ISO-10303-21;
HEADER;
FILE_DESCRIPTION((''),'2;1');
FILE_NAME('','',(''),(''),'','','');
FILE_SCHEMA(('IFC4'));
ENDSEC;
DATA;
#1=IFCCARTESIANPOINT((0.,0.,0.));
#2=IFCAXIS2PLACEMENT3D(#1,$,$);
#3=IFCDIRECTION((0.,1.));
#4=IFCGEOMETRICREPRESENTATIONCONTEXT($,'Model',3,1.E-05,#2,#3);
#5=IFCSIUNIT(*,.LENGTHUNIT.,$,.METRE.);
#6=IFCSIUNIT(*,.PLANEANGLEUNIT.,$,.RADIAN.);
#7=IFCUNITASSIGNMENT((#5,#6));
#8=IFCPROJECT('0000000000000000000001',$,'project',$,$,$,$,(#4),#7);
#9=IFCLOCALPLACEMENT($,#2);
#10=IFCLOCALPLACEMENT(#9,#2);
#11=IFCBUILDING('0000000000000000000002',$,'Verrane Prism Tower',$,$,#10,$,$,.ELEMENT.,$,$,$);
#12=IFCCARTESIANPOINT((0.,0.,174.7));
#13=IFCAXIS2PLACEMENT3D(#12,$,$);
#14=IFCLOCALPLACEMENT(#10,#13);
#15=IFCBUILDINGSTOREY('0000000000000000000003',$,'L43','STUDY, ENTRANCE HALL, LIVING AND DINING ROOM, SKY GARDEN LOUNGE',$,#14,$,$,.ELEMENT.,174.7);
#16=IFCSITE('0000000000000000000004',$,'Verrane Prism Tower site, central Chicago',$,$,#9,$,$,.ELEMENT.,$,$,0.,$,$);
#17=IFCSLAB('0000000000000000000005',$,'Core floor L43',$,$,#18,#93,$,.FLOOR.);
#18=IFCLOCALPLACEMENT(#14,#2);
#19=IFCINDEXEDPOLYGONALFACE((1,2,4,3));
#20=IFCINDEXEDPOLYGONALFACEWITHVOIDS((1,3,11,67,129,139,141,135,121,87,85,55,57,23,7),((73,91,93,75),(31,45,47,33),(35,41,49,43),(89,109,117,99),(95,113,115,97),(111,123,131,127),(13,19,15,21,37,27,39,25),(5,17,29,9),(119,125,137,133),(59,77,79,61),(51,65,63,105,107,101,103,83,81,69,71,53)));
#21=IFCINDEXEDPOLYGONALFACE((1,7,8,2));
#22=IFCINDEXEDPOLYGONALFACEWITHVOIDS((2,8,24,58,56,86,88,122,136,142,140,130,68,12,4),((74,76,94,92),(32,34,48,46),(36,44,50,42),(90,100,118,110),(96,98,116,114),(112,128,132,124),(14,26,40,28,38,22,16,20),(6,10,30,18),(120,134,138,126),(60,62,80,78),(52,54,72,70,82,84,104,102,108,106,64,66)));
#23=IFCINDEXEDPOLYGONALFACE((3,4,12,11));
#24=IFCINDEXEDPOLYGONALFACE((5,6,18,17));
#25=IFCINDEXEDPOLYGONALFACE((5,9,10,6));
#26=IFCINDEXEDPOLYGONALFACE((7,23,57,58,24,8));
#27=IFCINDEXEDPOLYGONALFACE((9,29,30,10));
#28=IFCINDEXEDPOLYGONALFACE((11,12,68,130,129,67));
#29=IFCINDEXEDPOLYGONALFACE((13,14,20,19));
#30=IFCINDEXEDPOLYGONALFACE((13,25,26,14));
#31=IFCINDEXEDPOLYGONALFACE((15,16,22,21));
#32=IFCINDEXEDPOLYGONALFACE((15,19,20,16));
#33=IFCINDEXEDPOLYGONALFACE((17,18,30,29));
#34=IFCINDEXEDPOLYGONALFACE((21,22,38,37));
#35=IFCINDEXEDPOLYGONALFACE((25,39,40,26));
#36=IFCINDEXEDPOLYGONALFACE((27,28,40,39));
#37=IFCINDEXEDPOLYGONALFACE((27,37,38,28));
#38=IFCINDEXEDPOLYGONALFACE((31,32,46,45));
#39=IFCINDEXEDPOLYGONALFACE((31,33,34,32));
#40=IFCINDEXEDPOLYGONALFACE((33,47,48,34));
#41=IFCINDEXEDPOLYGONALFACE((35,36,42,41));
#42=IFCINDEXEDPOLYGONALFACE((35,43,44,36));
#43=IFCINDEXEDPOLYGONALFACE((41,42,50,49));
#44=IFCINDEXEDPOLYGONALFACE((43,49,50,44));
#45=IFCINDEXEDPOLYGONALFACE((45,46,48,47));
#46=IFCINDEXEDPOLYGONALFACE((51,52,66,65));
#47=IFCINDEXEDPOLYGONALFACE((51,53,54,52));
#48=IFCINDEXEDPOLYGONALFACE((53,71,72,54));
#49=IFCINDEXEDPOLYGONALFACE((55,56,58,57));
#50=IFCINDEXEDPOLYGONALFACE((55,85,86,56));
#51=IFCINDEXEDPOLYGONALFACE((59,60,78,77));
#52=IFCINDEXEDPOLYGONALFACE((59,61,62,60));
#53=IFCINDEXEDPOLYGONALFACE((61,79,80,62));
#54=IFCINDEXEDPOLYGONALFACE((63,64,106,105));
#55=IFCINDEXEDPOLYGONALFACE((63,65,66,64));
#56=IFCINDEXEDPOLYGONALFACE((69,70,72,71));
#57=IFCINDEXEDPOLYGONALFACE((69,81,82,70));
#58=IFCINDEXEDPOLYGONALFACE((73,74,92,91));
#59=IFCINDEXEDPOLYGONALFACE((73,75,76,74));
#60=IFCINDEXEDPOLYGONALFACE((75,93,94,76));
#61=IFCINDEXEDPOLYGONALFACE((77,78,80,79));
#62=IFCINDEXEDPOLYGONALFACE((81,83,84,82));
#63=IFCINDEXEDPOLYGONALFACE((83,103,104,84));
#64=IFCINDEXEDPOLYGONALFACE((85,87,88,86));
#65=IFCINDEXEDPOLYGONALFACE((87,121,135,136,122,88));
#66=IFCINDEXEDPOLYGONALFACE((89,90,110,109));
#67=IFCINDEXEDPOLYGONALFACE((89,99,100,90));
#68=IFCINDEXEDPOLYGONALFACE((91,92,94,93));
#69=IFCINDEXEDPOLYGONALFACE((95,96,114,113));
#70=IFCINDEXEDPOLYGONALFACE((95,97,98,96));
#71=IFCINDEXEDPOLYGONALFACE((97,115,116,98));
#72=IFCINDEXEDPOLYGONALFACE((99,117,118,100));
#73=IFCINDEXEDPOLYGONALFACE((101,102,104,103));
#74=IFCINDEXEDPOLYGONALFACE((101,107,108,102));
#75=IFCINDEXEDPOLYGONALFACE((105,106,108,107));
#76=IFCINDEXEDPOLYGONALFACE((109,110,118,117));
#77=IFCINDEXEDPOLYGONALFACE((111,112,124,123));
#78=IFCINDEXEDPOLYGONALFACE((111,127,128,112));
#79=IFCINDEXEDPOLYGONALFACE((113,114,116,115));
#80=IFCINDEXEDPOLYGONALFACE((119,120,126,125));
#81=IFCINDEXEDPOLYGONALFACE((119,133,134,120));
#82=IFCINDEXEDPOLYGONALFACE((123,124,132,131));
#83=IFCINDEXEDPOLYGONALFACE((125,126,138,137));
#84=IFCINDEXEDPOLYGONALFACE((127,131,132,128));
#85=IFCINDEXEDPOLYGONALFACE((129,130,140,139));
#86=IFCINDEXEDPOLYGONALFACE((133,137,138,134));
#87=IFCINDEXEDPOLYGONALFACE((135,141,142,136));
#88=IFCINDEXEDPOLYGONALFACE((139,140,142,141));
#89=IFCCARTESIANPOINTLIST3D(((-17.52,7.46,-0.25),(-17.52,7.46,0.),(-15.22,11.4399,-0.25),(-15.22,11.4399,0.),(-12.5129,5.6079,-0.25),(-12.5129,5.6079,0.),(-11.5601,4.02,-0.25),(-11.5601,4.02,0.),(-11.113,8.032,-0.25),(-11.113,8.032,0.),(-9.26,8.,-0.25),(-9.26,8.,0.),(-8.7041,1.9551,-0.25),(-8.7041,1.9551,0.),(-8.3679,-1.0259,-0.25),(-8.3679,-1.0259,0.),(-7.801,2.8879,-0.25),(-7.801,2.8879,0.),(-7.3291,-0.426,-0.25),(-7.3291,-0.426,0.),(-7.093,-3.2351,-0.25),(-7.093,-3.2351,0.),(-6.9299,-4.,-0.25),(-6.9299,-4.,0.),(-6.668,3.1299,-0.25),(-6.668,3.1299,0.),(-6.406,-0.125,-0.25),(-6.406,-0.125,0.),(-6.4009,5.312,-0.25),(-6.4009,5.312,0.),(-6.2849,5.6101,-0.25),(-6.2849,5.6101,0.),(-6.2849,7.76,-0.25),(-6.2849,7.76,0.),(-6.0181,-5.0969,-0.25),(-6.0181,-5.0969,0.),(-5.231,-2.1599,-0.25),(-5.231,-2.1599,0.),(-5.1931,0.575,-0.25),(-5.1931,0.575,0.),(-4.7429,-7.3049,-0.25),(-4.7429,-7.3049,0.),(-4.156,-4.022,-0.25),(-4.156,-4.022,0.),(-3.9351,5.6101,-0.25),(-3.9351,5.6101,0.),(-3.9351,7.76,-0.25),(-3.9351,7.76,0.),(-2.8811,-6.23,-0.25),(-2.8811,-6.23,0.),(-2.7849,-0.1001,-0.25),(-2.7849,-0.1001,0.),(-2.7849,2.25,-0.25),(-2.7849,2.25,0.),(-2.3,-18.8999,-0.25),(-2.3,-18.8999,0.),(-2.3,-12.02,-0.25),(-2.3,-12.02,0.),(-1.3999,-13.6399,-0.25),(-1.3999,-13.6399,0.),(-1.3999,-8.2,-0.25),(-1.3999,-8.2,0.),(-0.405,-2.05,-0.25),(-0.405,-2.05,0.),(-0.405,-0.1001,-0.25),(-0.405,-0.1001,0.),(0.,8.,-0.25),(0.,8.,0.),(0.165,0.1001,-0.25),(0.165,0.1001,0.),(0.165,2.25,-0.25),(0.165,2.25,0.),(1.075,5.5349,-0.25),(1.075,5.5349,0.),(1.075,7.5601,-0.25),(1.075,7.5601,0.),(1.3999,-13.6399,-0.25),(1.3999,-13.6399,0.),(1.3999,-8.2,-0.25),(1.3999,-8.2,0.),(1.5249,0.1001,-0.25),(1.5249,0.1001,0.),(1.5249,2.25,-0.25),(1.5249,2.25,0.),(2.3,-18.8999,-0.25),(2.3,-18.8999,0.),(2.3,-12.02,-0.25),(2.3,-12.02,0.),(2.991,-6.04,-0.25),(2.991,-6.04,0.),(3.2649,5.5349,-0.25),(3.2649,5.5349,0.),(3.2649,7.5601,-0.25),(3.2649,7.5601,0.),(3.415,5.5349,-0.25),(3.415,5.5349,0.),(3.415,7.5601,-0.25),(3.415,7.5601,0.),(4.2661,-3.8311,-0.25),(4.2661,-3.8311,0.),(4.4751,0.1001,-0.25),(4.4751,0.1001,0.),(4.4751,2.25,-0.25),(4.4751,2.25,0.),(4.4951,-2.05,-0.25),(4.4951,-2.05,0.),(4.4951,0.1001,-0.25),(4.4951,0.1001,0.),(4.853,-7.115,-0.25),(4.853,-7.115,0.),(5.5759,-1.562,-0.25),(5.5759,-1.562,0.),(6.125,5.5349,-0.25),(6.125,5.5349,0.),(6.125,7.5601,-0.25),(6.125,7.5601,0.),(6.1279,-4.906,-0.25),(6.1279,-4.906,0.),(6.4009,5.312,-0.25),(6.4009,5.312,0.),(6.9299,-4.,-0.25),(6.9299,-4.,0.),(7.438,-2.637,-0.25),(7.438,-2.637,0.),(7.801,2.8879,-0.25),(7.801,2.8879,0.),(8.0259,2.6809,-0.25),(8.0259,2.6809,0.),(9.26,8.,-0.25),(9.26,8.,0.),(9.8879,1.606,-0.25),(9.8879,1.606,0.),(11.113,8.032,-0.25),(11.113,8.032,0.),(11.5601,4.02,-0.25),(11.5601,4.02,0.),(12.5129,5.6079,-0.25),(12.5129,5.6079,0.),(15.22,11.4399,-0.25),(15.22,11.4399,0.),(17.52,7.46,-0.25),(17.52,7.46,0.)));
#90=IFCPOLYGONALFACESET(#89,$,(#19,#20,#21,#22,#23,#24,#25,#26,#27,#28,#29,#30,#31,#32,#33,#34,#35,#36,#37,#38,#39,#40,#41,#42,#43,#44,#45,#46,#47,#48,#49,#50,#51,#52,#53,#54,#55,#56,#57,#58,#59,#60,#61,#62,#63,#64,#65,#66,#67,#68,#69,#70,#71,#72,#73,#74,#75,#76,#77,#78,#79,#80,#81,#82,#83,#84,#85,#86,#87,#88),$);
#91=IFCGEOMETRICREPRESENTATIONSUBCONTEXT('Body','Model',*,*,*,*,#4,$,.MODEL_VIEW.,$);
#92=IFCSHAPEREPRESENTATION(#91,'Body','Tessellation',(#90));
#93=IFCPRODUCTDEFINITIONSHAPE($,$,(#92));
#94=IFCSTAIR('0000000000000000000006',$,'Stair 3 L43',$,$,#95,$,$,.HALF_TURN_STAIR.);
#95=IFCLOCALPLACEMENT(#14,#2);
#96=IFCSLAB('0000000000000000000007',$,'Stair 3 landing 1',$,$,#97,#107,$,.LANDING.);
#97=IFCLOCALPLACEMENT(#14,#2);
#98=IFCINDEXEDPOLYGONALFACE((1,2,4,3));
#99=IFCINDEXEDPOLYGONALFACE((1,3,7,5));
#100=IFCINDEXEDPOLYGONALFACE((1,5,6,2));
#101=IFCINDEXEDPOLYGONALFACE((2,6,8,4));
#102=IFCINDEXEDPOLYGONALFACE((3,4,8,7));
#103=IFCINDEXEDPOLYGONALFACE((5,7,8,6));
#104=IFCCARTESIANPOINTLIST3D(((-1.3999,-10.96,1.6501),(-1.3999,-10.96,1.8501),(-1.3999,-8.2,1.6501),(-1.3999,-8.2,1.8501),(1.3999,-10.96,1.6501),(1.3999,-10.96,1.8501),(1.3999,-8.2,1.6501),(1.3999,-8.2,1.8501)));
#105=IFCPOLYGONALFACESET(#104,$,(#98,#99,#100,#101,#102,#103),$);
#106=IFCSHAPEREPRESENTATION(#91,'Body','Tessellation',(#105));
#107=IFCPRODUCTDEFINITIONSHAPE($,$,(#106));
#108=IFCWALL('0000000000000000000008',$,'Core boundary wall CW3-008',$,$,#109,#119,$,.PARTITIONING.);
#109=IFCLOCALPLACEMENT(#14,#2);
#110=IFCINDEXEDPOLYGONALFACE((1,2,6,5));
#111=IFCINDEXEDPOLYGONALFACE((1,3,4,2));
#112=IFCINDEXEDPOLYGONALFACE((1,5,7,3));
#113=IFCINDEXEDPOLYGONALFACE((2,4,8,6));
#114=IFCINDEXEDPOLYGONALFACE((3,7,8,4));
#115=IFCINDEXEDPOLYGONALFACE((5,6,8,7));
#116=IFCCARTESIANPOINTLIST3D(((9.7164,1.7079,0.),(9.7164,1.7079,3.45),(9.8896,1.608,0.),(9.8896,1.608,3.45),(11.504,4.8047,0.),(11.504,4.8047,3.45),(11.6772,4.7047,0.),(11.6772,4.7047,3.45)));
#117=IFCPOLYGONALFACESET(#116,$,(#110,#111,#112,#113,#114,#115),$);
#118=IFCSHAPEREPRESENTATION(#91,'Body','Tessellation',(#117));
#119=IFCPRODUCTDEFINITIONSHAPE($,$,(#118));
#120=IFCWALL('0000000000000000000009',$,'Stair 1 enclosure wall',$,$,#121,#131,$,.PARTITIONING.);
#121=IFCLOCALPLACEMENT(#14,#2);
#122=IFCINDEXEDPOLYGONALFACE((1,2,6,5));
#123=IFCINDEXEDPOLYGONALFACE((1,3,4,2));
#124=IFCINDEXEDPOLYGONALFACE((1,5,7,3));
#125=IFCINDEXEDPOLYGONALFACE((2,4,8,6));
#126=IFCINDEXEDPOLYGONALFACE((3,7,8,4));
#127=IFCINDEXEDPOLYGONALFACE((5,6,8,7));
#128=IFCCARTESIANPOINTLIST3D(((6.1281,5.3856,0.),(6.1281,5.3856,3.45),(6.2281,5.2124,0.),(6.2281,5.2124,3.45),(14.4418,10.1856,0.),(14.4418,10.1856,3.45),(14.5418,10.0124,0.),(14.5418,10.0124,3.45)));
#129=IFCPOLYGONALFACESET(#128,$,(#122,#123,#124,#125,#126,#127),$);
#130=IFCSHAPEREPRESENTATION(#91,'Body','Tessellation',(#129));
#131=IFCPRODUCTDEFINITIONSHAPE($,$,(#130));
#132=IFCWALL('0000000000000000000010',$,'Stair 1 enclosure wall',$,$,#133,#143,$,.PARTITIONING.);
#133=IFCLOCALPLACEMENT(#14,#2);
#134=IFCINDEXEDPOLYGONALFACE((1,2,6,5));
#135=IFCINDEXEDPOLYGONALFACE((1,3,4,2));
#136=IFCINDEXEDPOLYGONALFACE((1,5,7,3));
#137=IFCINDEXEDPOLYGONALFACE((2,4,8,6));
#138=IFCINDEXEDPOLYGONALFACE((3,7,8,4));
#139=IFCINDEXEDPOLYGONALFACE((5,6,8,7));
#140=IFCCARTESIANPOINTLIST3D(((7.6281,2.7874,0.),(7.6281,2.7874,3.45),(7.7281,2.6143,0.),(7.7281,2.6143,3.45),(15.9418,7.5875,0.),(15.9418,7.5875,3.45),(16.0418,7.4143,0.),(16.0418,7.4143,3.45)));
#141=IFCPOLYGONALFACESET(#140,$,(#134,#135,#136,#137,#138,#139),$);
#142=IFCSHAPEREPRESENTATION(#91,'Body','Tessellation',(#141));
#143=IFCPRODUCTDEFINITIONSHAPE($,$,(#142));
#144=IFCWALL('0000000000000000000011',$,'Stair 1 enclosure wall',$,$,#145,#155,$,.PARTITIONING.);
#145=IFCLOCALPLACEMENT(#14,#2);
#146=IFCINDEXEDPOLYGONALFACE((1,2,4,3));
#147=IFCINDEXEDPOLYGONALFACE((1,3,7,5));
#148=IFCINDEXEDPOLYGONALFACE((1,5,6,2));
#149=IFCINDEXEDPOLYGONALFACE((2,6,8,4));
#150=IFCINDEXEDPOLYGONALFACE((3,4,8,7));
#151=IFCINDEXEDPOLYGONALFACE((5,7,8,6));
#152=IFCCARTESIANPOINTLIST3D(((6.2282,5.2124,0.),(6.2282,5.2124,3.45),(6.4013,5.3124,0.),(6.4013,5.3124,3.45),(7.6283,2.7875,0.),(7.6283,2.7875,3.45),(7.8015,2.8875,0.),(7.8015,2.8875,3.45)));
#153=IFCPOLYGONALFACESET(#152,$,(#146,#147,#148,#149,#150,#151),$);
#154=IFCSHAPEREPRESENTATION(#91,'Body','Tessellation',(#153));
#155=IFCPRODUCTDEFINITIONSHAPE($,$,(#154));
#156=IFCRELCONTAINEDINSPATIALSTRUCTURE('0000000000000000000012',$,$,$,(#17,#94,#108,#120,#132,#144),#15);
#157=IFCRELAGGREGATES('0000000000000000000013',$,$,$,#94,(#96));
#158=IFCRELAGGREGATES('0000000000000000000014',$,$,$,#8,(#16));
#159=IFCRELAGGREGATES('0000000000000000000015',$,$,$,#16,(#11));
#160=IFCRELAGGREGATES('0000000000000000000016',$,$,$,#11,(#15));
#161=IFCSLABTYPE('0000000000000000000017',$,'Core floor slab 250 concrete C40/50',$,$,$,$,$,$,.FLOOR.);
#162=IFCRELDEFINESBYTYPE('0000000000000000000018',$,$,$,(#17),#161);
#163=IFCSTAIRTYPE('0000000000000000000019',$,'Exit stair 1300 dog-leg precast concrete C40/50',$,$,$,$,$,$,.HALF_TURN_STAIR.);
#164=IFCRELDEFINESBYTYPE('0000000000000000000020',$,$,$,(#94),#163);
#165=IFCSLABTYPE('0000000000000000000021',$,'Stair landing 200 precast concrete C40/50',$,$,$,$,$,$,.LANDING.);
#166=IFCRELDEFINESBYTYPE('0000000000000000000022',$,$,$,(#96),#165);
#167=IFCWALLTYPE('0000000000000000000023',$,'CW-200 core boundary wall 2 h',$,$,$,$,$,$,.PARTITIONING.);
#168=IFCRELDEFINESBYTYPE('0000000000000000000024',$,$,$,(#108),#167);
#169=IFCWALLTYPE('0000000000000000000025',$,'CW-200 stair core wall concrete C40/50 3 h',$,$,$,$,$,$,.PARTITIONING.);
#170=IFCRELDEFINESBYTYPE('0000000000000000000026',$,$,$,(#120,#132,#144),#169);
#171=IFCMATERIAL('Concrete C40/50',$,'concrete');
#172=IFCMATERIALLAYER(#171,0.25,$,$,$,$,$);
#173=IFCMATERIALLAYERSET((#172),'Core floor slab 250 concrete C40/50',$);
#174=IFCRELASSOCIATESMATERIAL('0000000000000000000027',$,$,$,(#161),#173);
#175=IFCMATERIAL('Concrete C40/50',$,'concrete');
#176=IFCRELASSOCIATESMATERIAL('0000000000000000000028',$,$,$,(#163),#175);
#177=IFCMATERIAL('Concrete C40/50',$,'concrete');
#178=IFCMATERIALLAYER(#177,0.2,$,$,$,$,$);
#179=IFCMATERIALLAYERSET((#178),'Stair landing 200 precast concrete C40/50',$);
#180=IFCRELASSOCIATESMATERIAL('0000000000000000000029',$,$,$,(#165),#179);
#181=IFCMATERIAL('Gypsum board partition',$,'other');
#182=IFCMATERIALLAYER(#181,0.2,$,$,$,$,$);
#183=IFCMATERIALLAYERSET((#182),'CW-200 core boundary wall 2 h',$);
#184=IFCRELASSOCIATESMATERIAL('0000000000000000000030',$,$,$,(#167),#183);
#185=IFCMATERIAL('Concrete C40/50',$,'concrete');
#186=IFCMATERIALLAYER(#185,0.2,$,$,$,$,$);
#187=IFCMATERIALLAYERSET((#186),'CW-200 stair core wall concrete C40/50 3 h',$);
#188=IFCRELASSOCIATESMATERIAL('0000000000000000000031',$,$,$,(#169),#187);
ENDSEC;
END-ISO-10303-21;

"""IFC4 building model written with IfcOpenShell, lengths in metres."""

from ifc_helpers import new_model, si_unit, direction, frame, frame_2d, origin, place, context, subcontext, project, spatial, polyline, rectangle, outline, extrude, material, layer, layer_set, type_object, element, aggregate, save


model = new_model("IFC4")

# Units and contexts
model_context = context("Model", 3, precision=1e-05, world=origin(), true_north=direction((0.0, 1.0)))
body_context = subcontext(model_context, "Body", "Model", "MODEL_VIEW")
ifc_project = project(units=[si_unit("LENGTHUNIT", "METRE"), si_unit("PLANEANGLEUNIT", "RADIAN")], contexts=[model_context])

# Site, building, storey
site_placement = place(None, origin())
site = spatial("IfcSite", under=ifc_project, at=site_placement, Name="Verrane Prism Tower site, central Chicago", CompositionType="ELEMENT", RefElevation=0.0)
building_placement = place(site_placement, origin())
building = spatial("IfcBuilding", under=site, at=building_placement, Name="Verrane Prism Tower", CompositionType="ELEMENT")
storey_placement = place(building_placement, frame((0.0, 0.0, 174.7)))
storey = spatial("IfcBuildingStorey", under=building, at=storey_placement, Name="L43", Description="STUDY, ENTRANCE HALL, LIVING AND DINING ROOM, SKY GARDEN LOUNGE", CompositionType="ELEMENT", Elevation=174.7)

# Slab
ifc_material_1 = material(Name="Concrete C40/50", Category="concrete")
ifc_layer_1 = layer(ifc_material_1, 0.25)
ifc_layer_set_1 = layer_set([ifc_layer_1], Name="Core floor slab 250 concrete C40/50")
slab_type_1 = type_object("IfcSlabType", Name="Core floor slab 250 concrete C40/50", PredefinedType="FLOOR", material=ifc_layer_set_1)
slab_1_placement = place(storey_placement, frame((0.0, 0.0, -0.25)))
element("IfcSlab", 1, at=slab_1_placement, inside=storey, type_object=slab_type_1, Name="Core floor L43", PredefinedType="FLOOR", context=body_context, shape_type="SweptSolid", body=[
    extrude(outline(polyline([(11.5601, 4.02), (17.52, 7.46), (15.22, 11.4399), (9.26, 8.0), (0.0, 8.0), (-9.26, 8.0), (-15.22, 11.4399), (-17.52, 7.46), (-11.5601, 4.02), (-6.9299, -4.0), (-2.3, -12.02), (-2.3, -18.8999), (2.3, -18.8999), (2.3, -12.02), (6.9299, -4.0), (11.5601, 4.02)]), holes=[polyline([(1.3999, -8.2), (1.3999, -13.6399), (-1.3999, -13.6399), (-1.3999, -8.2), (1.3999, -8.2)]), polyline([(-2.8811, -6.23), (-4.7429, -7.3049), (-6.0181, -5.0969), (-4.156, -4.022), (-2.8811, -6.23)]), polyline([(-7.801, 2.8879), (-12.5129, 5.6079), (-11.113, 8.032), (-6.4009, 5.312), (-7.801, 2.8879)]), polyline([(-6.2849, 5.6101), (-6.2849, 7.76), (-3.9351, 7.76), (-3.9351, 5.6101), (-6.2849, 5.6101)]), polyline([(4.2661, -3.8311), (6.1279, -4.906), (4.853, -7.115), (2.991, -6.04), (4.2661, -3.8311)]), polyline([(7.438, -2.637), (5.5759, -1.562), (8.0259, 2.6809), (9.8879, 1.606), (7.438, -2.637)]), polyline([(0.165, 0.1001), (1.5249, 0.1001), (1.5249, 2.25), (4.4751, 2.25), (4.4751, 0.1001), (4.4951, 0.1001), (4.4951, -2.05), (-0.405, -2.05), (-0.405, -0.1001), (-2.7849, -0.1001), (-2.7849, 2.25), (0.165, 2.25), (0.165, 0.1001)]), polyline([(6.4009, 5.312), (11.113, 8.032), (12.5129, 5.6079), (7.801, 2.8879), (6.4009, 5.312)]), polyline([(1.075, 5.5349), (1.075, 7.5601), (3.2649, 7.5601), (3.2649, 5.5349), (1.075, 5.5349)]), polyline([(3.415, 7.5601), (6.125, 7.5601), (6.125, 5.5349), (3.415, 5.5349), (3.415, 7.5601)]), polyline([(-5.231, -2.1599), (-7.093, -3.2351), (-8.3679, -1.0259), (-7.3291, -0.426), (-8.7041, 1.9551), (-6.668, 3.1299), (-5.1931, 0.575), (-6.406, -0.125), (-5.231, -2.1599)])]), origin(), (0.0, 0.0, 1.0), 0.25),
])

# Stair, slab
ifc_material_2 = material(Name="Concrete C40/50", Category="concrete")
stair_type = type_object("IfcStairType", Name="Exit stair 1300 dog-leg precast concrete C40/50", PredefinedType="HALF_TURN_STAIR", material=ifc_material_2)
stair_1_placement = place(storey_placement, origin())
stair_1 = element("IfcStair", 2, at=stair_1_placement, inside=storey, type_object=stair_type, Name="Stair 3 L43", PredefinedType="HALF_TURN_STAIR")
ifc_material_3 = material(Name="Concrete C40/50", Category="concrete")
ifc_layer_2 = layer(ifc_material_3, 0.2)
ifc_layer_set_2 = layer_set([ifc_layer_2], Name="Stair landing 200 precast concrete C40/50")
slab_type_2 = type_object("IfcSlabType", Name="Stair landing 200 precast concrete C40/50", PredefinedType="LANDING", material=ifc_layer_set_2)
slab_2_placement = place(storey_placement, frame((0.0, 0.0, 1.6501)))
slab_2 = element("IfcSlab", 3, at=slab_2_placement, type_object=slab_type_2, Name="Stair 3 landing 1", PredefinedType="LANDING", context=body_context, shape_type="SweptSolid", body=[
    extrude(outline(polyline([(1.3999, -10.96), (1.3999, -8.2), (-1.3999, -8.2), (-1.3999, -10.96), (1.3999, -10.96)])), origin(), (0.0, 0.0, 1.0), 0.2),
])
aggregate(stair_1, [slab_2])

# Walls
ifc_material_4 = material(Name="Gypsum board partition", Category="other")
ifc_layer_3 = layer(ifc_material_4, 0.2)
ifc_layer_set_3 = layer_set([ifc_layer_3], Name="CW-200 core boundary wall 2 h")
wall_type_1 = type_object("IfcWallType", Name="CW-200 core boundary wall 2 h", PredefinedType="PARTITIONING", material=ifc_layer_set_3)
wall_1_placement = place(storey_placement, frame((9.803, 1.658, 0.0), z_axis=(0.0, 0.0, 1.0), x_axis=(0.499943, 0.866058, 0.0)))
element("IfcWall", 4, at=wall_1_placement, inside=storey, type_object=wall_type_1, Name="Core boundary wall CW3-008", PredefinedType="PARTITIONING", context=body_context, shape_type="SweptSolid", body=[
    extrude(rectangle(XDim=3.5757, YDim=0.2, at=frame_2d((1.7878, 0.0))), origin(), (0.0, 0.0, 1.0), 3.45),
])
ifc_material_5 = material(Name="Concrete C40/50", Category="concrete")
ifc_layer_4 = layer(ifc_material_5, 0.2)
ifc_layer_set_4 = layer_set([ifc_layer_4], Name="CW-200 stair core wall concrete C40/50 3 h")
wall_type_2 = type_object("IfcWallType", Name="CW-200 stair core wall concrete C40/50 3 h", PredefinedType="PARTITIONING", material=ifc_layer_set_4)
for number, where, z_axis, x_axis, name in (
    (5, (6.1782, 5.2991, 0.0), (0.0, 0.0, 1.0), (0.86602, 0.500009, 0.0), "Stair 1 enclosure wall"),
    (6, (7.6782, 2.7009, 0.0), (0.0, 0.0, 1.0), (0.86602, 0.500009, 0.0), "Stair 1 enclosure wall"),
):
    element("IfcWall", number, at=place(storey_placement, frame(where, z_axis=z_axis, x_axis=x_axis)), inside=storey, type_object=wall_type_2, Name=name, PredefinedType="PARTITIONING", context=body_context, shape_type="SweptSolid", body=[
        extrude(rectangle(XDim=9.5999, YDim=0.2, at=frame_2d((4.7998, 0.0))), origin(), (0.0, 0.0, 1.0), 3.45),
    ])
wall_2_placement = place(storey_placement, frame((7.7148, 2.8376, 0.0), z_axis=(0.0, 0.0, 1.0), x_axis=(-0.50005, 0.865997, 0.0)))
element("IfcWall", 7, at=wall_2_placement, inside=storey, type_object=wall_type_2, Name="Stair 1 enclosure wall", PredefinedType="PARTITIONING", context=body_context, shape_type="SweptSolid", body=[
    extrude(rectangle(XDim=2.8, YDim=0.2, at=frame_2d((1.3999, 0.0))), origin(), (0.0, 0.0, 1.0), 3.45),
])

save(model, "model.ifc")
